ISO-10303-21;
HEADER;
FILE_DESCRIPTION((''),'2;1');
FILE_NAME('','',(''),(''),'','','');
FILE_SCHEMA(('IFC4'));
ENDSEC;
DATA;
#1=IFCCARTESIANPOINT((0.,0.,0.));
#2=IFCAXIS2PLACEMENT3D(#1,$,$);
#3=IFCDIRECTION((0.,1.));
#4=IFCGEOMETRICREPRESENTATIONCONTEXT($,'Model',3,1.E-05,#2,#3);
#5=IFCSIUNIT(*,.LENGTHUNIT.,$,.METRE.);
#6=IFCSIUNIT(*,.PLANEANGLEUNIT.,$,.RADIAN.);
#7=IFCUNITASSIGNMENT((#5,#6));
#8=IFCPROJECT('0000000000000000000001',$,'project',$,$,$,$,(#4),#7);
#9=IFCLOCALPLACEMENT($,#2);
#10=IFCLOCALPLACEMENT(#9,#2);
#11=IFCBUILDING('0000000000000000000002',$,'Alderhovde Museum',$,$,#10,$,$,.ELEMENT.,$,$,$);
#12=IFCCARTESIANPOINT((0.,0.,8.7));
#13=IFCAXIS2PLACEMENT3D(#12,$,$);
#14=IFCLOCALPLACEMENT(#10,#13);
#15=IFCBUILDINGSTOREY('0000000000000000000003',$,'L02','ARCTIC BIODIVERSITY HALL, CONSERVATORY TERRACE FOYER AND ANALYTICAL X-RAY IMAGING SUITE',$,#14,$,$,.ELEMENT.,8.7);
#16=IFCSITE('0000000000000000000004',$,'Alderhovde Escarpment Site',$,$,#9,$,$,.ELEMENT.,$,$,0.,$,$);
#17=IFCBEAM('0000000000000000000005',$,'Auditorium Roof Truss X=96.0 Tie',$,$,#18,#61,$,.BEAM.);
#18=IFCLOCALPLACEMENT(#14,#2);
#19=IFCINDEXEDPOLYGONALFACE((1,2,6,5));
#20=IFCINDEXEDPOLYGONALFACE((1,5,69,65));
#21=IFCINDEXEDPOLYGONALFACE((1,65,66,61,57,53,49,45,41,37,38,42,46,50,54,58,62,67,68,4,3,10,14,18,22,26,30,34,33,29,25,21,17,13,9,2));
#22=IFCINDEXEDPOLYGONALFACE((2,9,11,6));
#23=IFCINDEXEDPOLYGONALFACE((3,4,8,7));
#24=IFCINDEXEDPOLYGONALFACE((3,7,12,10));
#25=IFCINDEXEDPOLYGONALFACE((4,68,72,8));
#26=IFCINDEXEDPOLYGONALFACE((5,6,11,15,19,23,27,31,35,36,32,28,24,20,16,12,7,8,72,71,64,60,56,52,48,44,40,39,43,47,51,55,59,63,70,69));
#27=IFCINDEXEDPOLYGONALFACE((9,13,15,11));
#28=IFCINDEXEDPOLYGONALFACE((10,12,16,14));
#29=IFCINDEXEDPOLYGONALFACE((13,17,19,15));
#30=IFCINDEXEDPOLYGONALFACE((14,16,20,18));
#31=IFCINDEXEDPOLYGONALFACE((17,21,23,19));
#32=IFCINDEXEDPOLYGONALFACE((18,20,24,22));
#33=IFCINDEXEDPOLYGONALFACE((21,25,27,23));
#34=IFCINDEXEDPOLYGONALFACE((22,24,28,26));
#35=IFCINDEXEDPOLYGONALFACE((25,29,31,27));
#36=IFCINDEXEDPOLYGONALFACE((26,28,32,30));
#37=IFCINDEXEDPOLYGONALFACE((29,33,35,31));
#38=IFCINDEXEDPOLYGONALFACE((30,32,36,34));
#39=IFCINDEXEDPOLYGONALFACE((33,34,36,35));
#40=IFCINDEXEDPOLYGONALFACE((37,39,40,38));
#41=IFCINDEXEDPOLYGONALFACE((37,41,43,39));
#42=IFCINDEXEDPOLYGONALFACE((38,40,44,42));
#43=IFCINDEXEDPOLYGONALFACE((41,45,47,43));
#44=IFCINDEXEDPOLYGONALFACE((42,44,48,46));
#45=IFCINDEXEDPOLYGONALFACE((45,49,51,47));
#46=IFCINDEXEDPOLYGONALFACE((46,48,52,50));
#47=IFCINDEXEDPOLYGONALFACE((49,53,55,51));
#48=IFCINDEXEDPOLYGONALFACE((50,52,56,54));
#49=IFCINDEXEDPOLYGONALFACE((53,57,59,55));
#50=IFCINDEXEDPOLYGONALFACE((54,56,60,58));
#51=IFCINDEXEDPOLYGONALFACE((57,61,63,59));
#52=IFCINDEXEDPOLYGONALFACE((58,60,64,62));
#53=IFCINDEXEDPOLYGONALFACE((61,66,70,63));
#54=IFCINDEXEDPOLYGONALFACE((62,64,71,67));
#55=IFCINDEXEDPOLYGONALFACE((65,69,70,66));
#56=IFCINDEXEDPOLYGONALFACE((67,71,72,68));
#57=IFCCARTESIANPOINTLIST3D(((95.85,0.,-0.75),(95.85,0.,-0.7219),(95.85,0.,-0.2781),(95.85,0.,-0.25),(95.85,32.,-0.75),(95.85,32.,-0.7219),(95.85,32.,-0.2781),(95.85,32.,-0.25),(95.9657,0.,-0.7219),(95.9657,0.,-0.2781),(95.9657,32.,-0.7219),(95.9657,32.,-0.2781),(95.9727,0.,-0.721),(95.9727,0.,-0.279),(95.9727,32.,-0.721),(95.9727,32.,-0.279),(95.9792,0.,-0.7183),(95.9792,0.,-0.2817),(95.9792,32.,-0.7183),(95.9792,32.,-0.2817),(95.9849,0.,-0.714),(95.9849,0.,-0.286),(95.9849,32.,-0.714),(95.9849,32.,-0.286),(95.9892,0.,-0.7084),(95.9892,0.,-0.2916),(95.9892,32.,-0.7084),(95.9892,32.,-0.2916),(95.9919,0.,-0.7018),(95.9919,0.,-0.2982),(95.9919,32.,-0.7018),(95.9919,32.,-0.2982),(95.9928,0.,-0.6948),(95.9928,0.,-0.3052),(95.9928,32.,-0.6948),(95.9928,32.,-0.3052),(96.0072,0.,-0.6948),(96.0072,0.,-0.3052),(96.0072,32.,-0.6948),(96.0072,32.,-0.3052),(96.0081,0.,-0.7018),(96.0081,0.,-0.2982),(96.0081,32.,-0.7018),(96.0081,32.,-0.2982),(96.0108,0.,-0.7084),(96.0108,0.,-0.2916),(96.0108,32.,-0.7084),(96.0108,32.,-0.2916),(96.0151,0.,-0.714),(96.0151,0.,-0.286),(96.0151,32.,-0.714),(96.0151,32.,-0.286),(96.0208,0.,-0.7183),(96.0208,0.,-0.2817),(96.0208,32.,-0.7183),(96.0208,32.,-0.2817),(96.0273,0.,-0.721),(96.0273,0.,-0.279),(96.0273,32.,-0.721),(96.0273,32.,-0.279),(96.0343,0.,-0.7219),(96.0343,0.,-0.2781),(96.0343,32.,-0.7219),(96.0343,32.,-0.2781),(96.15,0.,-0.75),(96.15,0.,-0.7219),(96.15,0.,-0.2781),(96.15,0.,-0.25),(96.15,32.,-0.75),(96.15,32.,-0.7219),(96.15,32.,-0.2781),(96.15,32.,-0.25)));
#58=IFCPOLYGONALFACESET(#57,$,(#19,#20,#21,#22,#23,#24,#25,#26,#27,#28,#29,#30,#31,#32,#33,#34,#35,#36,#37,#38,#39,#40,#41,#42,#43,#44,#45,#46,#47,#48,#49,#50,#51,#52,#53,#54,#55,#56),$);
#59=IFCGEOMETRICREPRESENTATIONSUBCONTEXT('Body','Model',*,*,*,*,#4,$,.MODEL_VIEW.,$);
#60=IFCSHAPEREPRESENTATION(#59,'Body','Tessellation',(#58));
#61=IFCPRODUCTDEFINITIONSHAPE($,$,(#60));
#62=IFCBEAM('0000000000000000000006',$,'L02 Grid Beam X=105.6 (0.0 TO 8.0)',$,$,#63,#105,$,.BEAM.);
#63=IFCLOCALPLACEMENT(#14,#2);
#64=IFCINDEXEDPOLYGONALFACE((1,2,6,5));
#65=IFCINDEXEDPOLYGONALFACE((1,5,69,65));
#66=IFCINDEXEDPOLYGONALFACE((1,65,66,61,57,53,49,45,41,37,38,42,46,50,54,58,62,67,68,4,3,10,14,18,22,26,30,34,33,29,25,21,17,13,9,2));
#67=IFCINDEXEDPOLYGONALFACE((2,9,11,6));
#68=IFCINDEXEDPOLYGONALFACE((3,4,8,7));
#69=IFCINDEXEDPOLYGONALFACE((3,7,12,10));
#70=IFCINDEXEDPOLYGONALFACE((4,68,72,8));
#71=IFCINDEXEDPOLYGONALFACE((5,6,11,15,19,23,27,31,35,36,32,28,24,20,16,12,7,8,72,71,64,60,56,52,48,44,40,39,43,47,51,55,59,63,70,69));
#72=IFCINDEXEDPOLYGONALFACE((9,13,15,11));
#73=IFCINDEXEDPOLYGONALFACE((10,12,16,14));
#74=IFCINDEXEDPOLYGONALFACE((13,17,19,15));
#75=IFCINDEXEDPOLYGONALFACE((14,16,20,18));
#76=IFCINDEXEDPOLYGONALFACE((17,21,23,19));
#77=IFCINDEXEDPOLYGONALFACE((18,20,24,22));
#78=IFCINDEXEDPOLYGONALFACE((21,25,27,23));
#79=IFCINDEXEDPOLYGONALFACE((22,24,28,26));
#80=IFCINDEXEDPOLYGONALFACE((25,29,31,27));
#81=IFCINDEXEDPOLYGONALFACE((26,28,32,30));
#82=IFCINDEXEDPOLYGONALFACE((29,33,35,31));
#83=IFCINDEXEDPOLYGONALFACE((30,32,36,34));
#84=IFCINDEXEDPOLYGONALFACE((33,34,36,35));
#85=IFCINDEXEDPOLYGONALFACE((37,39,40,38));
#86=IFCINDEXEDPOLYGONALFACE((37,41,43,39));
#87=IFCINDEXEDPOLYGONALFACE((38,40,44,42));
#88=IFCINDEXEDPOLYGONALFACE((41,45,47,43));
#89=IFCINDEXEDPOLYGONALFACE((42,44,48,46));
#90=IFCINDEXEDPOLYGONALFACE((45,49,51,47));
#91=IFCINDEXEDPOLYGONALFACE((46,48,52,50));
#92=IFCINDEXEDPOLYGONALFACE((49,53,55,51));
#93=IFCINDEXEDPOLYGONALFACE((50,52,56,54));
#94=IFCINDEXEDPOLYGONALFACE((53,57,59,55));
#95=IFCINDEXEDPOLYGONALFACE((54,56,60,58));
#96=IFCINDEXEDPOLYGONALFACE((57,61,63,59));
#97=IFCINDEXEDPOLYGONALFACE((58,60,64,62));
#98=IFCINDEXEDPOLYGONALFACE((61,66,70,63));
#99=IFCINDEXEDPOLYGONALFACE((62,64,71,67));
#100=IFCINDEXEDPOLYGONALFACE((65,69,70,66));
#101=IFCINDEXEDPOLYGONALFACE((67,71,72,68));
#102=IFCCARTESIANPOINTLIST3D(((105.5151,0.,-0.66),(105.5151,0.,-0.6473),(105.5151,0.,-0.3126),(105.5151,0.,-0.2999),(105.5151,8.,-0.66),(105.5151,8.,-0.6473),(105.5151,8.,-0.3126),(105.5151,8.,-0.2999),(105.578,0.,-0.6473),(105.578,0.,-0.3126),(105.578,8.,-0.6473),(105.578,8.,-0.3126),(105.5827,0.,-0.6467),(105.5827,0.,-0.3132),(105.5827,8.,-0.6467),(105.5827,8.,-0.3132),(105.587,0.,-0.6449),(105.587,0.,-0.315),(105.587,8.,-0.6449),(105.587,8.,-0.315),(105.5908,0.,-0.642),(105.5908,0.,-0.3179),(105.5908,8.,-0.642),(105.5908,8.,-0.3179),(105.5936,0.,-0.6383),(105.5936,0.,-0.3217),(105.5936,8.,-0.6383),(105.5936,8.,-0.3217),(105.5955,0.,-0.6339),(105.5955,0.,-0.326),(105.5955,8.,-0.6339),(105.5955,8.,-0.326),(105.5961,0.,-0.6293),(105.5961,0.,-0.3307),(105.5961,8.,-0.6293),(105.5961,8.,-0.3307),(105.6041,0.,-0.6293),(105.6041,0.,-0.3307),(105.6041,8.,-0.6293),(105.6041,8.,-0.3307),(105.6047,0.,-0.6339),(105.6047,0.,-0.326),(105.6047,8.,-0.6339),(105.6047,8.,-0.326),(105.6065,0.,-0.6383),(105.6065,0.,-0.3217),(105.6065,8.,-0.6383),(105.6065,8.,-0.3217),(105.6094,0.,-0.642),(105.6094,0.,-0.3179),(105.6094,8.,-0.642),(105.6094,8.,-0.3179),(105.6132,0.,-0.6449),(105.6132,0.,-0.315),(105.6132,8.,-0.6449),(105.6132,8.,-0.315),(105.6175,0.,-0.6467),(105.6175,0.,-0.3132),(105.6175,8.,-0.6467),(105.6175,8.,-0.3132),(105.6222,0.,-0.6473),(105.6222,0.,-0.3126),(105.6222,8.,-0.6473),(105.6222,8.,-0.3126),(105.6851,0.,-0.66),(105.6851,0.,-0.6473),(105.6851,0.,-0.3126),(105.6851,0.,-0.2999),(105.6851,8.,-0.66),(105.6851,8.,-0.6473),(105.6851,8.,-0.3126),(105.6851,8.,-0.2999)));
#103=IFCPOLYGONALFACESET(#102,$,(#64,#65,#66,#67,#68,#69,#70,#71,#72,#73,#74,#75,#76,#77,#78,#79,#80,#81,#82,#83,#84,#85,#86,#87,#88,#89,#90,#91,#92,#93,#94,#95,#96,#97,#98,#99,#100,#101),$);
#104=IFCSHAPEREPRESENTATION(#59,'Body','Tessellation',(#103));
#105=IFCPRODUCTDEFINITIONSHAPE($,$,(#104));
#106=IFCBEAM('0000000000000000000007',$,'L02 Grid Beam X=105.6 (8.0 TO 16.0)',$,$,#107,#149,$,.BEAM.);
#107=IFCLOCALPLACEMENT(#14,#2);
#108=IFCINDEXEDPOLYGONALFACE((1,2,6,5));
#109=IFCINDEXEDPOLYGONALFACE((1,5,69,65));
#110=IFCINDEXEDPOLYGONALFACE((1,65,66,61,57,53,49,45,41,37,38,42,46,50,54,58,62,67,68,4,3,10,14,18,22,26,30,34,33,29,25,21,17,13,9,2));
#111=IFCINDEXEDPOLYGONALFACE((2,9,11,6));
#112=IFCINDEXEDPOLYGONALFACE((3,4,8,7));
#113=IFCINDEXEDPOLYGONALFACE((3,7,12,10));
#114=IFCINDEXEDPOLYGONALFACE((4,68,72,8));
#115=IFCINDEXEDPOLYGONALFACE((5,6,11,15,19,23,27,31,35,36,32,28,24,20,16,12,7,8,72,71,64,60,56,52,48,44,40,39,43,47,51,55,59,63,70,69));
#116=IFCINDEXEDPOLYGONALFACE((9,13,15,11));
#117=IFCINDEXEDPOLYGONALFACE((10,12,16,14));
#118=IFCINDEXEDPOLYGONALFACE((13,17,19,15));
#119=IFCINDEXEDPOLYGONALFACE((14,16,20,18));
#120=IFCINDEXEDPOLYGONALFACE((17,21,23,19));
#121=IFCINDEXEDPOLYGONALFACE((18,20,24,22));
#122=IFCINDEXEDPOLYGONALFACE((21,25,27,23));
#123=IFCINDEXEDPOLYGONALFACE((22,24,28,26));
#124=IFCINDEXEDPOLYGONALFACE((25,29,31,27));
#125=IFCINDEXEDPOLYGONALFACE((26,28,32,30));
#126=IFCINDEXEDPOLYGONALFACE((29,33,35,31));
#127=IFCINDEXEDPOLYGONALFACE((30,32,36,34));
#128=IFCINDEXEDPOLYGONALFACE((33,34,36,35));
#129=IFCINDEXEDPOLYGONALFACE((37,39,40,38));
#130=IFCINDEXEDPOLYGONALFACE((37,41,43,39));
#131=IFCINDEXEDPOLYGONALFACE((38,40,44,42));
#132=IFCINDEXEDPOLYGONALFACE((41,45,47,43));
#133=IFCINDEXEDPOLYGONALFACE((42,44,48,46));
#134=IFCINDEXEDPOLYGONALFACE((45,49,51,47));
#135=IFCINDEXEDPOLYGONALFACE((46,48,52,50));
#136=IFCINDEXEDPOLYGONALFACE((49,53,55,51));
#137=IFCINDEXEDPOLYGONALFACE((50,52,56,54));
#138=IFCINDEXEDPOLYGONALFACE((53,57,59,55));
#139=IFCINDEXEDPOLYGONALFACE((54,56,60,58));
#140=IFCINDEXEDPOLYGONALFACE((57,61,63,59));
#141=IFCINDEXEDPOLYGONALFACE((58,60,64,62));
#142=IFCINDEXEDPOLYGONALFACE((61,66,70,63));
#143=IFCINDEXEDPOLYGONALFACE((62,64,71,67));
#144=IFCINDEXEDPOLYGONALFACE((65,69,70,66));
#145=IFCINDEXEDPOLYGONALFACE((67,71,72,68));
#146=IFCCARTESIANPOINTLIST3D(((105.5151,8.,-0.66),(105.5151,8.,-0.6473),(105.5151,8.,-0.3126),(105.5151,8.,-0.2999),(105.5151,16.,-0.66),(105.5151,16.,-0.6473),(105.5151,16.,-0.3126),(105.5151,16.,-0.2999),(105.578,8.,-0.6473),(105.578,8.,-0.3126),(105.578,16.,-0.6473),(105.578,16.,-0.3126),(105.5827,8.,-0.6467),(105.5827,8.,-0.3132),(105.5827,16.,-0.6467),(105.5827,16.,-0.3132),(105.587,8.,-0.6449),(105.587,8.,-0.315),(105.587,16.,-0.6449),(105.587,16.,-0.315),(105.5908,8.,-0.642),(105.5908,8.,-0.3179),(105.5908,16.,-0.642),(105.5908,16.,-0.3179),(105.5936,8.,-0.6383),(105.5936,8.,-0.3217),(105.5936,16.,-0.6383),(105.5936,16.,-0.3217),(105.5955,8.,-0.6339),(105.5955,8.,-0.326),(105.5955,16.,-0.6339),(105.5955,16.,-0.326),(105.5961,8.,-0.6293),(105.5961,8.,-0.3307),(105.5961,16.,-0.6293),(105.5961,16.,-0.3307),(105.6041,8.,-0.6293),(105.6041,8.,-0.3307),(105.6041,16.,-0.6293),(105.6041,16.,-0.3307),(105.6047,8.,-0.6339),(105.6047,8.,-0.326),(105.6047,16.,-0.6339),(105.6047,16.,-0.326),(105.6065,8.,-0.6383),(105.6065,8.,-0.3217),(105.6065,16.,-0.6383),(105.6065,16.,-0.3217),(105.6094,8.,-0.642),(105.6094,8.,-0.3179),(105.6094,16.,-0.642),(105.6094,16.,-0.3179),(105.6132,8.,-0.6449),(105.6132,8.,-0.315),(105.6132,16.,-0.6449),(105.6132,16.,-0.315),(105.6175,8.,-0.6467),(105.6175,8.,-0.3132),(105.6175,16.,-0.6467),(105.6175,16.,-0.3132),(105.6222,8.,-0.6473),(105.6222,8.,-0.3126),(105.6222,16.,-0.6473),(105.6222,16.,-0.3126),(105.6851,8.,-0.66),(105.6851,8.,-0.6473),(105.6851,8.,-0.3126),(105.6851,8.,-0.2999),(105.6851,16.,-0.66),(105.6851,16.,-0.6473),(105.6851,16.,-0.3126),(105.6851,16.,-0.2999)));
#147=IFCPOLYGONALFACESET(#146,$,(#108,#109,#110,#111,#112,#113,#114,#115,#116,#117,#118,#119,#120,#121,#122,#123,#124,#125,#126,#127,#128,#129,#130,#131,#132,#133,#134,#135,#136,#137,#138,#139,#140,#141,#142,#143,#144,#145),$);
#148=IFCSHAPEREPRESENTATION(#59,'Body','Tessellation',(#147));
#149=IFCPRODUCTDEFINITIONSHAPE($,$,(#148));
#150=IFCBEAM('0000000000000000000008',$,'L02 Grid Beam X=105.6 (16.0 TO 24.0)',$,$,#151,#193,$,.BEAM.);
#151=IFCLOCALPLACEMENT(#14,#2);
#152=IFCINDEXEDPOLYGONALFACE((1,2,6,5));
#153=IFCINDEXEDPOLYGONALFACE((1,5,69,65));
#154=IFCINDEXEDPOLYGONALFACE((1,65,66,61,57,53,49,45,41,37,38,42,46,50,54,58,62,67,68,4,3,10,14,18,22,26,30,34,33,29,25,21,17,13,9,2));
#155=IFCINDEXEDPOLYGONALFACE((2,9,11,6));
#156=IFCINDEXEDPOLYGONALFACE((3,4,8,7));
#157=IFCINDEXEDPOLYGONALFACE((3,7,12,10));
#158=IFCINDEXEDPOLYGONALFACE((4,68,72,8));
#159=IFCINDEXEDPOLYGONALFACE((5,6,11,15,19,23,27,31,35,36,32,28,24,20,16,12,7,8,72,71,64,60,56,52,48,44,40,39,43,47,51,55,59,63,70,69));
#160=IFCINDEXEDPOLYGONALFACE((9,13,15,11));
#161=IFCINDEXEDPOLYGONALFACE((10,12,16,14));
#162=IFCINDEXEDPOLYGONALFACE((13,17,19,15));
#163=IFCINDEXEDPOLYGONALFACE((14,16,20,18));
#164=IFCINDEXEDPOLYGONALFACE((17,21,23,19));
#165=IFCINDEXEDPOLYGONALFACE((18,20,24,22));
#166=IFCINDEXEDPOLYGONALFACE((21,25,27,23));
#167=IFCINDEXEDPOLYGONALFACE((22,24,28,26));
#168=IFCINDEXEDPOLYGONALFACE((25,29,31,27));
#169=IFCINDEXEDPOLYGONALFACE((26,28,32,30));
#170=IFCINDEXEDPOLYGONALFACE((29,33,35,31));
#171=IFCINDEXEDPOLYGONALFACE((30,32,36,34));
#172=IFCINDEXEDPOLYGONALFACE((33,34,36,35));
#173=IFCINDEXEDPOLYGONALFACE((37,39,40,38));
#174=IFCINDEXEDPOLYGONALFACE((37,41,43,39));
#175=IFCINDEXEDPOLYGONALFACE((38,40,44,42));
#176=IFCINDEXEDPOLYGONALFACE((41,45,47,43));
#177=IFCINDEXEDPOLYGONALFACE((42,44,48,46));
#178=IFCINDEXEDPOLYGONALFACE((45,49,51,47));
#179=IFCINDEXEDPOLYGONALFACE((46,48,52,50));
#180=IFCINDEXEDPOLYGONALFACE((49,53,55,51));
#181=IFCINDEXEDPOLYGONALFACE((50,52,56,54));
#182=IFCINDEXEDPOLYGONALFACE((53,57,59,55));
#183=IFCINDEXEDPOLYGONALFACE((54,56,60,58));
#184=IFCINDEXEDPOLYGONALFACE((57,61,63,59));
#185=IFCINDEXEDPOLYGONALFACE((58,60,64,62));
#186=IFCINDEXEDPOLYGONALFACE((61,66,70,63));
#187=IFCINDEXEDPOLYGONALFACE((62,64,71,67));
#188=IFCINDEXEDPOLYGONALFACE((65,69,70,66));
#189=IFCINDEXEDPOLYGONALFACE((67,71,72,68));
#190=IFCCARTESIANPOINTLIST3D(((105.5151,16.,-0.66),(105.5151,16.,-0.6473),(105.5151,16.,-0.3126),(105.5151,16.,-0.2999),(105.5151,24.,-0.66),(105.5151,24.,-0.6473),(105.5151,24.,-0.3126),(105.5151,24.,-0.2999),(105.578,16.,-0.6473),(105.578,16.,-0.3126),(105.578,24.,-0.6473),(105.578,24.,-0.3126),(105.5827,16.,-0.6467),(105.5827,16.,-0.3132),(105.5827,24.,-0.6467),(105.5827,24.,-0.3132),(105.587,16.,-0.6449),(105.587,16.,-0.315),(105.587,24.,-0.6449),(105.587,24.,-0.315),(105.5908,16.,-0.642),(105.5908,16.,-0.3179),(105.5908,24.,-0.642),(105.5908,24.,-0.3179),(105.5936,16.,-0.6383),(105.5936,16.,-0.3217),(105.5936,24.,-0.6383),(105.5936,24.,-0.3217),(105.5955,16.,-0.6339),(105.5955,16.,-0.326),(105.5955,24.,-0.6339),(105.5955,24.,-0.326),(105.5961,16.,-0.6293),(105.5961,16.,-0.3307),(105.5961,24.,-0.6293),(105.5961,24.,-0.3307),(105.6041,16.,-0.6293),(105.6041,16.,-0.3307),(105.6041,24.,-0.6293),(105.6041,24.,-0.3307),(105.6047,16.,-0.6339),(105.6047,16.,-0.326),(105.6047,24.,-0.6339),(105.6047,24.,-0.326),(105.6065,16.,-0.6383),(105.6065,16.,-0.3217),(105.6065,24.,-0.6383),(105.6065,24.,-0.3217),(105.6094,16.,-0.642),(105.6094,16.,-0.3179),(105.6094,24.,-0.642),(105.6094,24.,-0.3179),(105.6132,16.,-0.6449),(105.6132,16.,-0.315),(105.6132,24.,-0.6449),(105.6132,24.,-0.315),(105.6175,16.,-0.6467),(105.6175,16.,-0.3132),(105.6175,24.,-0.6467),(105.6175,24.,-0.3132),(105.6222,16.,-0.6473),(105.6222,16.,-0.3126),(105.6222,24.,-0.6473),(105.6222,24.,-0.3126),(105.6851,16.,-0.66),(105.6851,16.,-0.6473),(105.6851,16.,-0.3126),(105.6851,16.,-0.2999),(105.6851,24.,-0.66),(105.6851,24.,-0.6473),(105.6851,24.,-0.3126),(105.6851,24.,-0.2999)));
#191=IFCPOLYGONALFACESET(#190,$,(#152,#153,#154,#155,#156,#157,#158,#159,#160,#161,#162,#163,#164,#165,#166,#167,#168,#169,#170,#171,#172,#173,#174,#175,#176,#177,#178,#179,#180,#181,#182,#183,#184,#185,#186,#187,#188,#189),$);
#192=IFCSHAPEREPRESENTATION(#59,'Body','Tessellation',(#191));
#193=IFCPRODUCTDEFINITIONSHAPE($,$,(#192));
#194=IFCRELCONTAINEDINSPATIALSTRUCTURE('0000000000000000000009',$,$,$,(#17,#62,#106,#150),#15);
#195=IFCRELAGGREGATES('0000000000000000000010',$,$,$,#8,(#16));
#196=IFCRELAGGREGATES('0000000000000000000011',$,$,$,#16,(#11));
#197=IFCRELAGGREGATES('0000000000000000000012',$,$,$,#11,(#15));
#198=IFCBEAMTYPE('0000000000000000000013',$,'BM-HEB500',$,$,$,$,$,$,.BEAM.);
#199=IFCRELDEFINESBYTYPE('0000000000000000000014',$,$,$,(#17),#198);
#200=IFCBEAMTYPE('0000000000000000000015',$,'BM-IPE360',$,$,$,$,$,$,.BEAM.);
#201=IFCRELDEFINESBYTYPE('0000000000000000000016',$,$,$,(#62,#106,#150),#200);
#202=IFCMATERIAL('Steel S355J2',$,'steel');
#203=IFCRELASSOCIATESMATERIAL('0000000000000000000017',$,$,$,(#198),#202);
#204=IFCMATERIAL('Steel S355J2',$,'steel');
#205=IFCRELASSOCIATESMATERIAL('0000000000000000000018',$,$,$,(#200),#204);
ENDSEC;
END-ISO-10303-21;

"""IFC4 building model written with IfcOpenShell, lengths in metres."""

from ifc_helpers import new_model, si_unit, direction, frame, origin, origin_2d, place, context, subcontext, project, spatial, i_section, extrude, material, material_profile, profile_set, type_object, element, save


model = new_model("IFC4")

# Units and contexts
model_context = context("Model", 3, precision=1e-05, world=origin(), true_north=direction((0.0, 1.0)))
body_context = subcontext(model_context, "Body", "Model", "MODEL_VIEW")
ifc_project = project(units=[si_unit("LENGTHUNIT", "METRE"), si_unit("PLANEANGLEUNIT", "RADIAN")], contexts=[model_context])

# Site, building, storey
site_placement = place(None, origin())
site = spatial("IfcSite", under=ifc_project, at=site_placement, Name="Alderhovde Escarpment Site", CompositionType="ELEMENT", RefElevation=0.0)
building_placement = place(site_placement, origin())
building = spatial("IfcBuilding", under=site, at=building_placement, Name="Alderhovde Museum", CompositionType="ELEMENT")
storey_placement = place(building_placement, frame((0.0, 0.0, 8.7)))
storey = spatial("IfcBuildingStorey", under=building, at=storey_placement, Name="L02", Description="ARCTIC BIODIVERSITY HALL, CONSERVATORY TERRACE FOYER AND ANALYTICAL X-RAY IMAGING SUITE", CompositionType="ELEMENT", Elevation=8.7)

# Beams
ifc_material_1 = material(Name="Steel S355J2", Category="steel")
ifc_material_profile_1 = material_profile(ifc_material_1, i_section(OverallWidth=0.3, OverallDepth=0.5, WebThickness=0.0144, FlangeThickness=0.0281, FilletRadius=0.0271, at=origin_2d()), Name="HEB 500")
ifc_profile_set_1 = profile_set([ifc_material_profile_1], Name="Steel S355J2")
beam_type_1 = type_object("IfcBeamType", Name="BM-HEB500", PredefinedType="BEAM", material=ifc_profile_set_1)
beam_1_placement = place(storey_placement, frame((96.0, 0.0, -0.5), z_axis=(0.0, 1.0, 0.0), x_axis=(-1.0, 0.0, 0.0)))
element("IfcBeam", 1, at=beam_1_placement, inside=storey, type_object=beam_type_1, Name="Auditorium Roof Truss X=96.0 Tie", PredefinedType="BEAM", context=body_context, shape_type="SweptSolid", body=[
    extrude(i_section(OverallWidth=0.3, OverallDepth=0.5, WebThickness=0.0144, FlangeThickness=0.0281, FilletRadius=0.0271, at=origin_2d()), origin(), (0.0, 0.0, 1.0), 32.0),
])
ifc_material_2 = material(Name="Steel S355J2", Category="steel")
ifc_material_profile_2 = material_profile(ifc_material_2, i_section(OverallWidth=0.1699, OverallDepth=0.3601, WebThickness=0.0081, FlangeThickness=0.0127, FilletRadius=0.0181, at=origin_2d()), Name="IPE 360")
ifc_profile_set_2 = profile_set([ifc_material_profile_2], Name="Steel S355J2")
beam_type_2 = type_object("IfcBeamType", Name="BM-IPE360", PredefinedType="BEAM", material=ifc_profile_set_2)
for number, where, z_axis, x_axis, name in (
    (2, (105.6001, 0.0, -0.48), (0.0, 1.0, 0.0), (-1.0, 0.0, 0.0), "L02 Grid Beam X=105.6 (0.0 TO 8.0)"),
    (3, (105.6001, 8.0, -0.48), (0.0, 1.0, 0.0), (-1.0, 0.0, 0.0), "L02 Grid Beam X=105.6 (8.0 TO 16.0)"),
    (4, (105.6001, 16.0, -0.48), (0.0, 1.0, 0.0), (-1.0, 0.0, 0.0), "L02 Grid Beam X=105.6 (16.0 TO 24.0)"),
):
    element("IfcBeam", number, at=place(storey_placement, frame(where, z_axis=z_axis, x_axis=x_axis)), inside=storey, type_object=beam_type_2, Name=name, PredefinedType="BEAM", context=body_context, shape_type="SweptSolid", body=[
        extrude(i_section(OverallWidth=0.1699, OverallDepth=0.3601, WebThickness=0.0081, FlangeThickness=0.0127, FilletRadius=0.0181, at=origin_2d()), origin(), (0.0, 0.0, 1.0), 8.0),
    ])

save(model, "model.ifc")
